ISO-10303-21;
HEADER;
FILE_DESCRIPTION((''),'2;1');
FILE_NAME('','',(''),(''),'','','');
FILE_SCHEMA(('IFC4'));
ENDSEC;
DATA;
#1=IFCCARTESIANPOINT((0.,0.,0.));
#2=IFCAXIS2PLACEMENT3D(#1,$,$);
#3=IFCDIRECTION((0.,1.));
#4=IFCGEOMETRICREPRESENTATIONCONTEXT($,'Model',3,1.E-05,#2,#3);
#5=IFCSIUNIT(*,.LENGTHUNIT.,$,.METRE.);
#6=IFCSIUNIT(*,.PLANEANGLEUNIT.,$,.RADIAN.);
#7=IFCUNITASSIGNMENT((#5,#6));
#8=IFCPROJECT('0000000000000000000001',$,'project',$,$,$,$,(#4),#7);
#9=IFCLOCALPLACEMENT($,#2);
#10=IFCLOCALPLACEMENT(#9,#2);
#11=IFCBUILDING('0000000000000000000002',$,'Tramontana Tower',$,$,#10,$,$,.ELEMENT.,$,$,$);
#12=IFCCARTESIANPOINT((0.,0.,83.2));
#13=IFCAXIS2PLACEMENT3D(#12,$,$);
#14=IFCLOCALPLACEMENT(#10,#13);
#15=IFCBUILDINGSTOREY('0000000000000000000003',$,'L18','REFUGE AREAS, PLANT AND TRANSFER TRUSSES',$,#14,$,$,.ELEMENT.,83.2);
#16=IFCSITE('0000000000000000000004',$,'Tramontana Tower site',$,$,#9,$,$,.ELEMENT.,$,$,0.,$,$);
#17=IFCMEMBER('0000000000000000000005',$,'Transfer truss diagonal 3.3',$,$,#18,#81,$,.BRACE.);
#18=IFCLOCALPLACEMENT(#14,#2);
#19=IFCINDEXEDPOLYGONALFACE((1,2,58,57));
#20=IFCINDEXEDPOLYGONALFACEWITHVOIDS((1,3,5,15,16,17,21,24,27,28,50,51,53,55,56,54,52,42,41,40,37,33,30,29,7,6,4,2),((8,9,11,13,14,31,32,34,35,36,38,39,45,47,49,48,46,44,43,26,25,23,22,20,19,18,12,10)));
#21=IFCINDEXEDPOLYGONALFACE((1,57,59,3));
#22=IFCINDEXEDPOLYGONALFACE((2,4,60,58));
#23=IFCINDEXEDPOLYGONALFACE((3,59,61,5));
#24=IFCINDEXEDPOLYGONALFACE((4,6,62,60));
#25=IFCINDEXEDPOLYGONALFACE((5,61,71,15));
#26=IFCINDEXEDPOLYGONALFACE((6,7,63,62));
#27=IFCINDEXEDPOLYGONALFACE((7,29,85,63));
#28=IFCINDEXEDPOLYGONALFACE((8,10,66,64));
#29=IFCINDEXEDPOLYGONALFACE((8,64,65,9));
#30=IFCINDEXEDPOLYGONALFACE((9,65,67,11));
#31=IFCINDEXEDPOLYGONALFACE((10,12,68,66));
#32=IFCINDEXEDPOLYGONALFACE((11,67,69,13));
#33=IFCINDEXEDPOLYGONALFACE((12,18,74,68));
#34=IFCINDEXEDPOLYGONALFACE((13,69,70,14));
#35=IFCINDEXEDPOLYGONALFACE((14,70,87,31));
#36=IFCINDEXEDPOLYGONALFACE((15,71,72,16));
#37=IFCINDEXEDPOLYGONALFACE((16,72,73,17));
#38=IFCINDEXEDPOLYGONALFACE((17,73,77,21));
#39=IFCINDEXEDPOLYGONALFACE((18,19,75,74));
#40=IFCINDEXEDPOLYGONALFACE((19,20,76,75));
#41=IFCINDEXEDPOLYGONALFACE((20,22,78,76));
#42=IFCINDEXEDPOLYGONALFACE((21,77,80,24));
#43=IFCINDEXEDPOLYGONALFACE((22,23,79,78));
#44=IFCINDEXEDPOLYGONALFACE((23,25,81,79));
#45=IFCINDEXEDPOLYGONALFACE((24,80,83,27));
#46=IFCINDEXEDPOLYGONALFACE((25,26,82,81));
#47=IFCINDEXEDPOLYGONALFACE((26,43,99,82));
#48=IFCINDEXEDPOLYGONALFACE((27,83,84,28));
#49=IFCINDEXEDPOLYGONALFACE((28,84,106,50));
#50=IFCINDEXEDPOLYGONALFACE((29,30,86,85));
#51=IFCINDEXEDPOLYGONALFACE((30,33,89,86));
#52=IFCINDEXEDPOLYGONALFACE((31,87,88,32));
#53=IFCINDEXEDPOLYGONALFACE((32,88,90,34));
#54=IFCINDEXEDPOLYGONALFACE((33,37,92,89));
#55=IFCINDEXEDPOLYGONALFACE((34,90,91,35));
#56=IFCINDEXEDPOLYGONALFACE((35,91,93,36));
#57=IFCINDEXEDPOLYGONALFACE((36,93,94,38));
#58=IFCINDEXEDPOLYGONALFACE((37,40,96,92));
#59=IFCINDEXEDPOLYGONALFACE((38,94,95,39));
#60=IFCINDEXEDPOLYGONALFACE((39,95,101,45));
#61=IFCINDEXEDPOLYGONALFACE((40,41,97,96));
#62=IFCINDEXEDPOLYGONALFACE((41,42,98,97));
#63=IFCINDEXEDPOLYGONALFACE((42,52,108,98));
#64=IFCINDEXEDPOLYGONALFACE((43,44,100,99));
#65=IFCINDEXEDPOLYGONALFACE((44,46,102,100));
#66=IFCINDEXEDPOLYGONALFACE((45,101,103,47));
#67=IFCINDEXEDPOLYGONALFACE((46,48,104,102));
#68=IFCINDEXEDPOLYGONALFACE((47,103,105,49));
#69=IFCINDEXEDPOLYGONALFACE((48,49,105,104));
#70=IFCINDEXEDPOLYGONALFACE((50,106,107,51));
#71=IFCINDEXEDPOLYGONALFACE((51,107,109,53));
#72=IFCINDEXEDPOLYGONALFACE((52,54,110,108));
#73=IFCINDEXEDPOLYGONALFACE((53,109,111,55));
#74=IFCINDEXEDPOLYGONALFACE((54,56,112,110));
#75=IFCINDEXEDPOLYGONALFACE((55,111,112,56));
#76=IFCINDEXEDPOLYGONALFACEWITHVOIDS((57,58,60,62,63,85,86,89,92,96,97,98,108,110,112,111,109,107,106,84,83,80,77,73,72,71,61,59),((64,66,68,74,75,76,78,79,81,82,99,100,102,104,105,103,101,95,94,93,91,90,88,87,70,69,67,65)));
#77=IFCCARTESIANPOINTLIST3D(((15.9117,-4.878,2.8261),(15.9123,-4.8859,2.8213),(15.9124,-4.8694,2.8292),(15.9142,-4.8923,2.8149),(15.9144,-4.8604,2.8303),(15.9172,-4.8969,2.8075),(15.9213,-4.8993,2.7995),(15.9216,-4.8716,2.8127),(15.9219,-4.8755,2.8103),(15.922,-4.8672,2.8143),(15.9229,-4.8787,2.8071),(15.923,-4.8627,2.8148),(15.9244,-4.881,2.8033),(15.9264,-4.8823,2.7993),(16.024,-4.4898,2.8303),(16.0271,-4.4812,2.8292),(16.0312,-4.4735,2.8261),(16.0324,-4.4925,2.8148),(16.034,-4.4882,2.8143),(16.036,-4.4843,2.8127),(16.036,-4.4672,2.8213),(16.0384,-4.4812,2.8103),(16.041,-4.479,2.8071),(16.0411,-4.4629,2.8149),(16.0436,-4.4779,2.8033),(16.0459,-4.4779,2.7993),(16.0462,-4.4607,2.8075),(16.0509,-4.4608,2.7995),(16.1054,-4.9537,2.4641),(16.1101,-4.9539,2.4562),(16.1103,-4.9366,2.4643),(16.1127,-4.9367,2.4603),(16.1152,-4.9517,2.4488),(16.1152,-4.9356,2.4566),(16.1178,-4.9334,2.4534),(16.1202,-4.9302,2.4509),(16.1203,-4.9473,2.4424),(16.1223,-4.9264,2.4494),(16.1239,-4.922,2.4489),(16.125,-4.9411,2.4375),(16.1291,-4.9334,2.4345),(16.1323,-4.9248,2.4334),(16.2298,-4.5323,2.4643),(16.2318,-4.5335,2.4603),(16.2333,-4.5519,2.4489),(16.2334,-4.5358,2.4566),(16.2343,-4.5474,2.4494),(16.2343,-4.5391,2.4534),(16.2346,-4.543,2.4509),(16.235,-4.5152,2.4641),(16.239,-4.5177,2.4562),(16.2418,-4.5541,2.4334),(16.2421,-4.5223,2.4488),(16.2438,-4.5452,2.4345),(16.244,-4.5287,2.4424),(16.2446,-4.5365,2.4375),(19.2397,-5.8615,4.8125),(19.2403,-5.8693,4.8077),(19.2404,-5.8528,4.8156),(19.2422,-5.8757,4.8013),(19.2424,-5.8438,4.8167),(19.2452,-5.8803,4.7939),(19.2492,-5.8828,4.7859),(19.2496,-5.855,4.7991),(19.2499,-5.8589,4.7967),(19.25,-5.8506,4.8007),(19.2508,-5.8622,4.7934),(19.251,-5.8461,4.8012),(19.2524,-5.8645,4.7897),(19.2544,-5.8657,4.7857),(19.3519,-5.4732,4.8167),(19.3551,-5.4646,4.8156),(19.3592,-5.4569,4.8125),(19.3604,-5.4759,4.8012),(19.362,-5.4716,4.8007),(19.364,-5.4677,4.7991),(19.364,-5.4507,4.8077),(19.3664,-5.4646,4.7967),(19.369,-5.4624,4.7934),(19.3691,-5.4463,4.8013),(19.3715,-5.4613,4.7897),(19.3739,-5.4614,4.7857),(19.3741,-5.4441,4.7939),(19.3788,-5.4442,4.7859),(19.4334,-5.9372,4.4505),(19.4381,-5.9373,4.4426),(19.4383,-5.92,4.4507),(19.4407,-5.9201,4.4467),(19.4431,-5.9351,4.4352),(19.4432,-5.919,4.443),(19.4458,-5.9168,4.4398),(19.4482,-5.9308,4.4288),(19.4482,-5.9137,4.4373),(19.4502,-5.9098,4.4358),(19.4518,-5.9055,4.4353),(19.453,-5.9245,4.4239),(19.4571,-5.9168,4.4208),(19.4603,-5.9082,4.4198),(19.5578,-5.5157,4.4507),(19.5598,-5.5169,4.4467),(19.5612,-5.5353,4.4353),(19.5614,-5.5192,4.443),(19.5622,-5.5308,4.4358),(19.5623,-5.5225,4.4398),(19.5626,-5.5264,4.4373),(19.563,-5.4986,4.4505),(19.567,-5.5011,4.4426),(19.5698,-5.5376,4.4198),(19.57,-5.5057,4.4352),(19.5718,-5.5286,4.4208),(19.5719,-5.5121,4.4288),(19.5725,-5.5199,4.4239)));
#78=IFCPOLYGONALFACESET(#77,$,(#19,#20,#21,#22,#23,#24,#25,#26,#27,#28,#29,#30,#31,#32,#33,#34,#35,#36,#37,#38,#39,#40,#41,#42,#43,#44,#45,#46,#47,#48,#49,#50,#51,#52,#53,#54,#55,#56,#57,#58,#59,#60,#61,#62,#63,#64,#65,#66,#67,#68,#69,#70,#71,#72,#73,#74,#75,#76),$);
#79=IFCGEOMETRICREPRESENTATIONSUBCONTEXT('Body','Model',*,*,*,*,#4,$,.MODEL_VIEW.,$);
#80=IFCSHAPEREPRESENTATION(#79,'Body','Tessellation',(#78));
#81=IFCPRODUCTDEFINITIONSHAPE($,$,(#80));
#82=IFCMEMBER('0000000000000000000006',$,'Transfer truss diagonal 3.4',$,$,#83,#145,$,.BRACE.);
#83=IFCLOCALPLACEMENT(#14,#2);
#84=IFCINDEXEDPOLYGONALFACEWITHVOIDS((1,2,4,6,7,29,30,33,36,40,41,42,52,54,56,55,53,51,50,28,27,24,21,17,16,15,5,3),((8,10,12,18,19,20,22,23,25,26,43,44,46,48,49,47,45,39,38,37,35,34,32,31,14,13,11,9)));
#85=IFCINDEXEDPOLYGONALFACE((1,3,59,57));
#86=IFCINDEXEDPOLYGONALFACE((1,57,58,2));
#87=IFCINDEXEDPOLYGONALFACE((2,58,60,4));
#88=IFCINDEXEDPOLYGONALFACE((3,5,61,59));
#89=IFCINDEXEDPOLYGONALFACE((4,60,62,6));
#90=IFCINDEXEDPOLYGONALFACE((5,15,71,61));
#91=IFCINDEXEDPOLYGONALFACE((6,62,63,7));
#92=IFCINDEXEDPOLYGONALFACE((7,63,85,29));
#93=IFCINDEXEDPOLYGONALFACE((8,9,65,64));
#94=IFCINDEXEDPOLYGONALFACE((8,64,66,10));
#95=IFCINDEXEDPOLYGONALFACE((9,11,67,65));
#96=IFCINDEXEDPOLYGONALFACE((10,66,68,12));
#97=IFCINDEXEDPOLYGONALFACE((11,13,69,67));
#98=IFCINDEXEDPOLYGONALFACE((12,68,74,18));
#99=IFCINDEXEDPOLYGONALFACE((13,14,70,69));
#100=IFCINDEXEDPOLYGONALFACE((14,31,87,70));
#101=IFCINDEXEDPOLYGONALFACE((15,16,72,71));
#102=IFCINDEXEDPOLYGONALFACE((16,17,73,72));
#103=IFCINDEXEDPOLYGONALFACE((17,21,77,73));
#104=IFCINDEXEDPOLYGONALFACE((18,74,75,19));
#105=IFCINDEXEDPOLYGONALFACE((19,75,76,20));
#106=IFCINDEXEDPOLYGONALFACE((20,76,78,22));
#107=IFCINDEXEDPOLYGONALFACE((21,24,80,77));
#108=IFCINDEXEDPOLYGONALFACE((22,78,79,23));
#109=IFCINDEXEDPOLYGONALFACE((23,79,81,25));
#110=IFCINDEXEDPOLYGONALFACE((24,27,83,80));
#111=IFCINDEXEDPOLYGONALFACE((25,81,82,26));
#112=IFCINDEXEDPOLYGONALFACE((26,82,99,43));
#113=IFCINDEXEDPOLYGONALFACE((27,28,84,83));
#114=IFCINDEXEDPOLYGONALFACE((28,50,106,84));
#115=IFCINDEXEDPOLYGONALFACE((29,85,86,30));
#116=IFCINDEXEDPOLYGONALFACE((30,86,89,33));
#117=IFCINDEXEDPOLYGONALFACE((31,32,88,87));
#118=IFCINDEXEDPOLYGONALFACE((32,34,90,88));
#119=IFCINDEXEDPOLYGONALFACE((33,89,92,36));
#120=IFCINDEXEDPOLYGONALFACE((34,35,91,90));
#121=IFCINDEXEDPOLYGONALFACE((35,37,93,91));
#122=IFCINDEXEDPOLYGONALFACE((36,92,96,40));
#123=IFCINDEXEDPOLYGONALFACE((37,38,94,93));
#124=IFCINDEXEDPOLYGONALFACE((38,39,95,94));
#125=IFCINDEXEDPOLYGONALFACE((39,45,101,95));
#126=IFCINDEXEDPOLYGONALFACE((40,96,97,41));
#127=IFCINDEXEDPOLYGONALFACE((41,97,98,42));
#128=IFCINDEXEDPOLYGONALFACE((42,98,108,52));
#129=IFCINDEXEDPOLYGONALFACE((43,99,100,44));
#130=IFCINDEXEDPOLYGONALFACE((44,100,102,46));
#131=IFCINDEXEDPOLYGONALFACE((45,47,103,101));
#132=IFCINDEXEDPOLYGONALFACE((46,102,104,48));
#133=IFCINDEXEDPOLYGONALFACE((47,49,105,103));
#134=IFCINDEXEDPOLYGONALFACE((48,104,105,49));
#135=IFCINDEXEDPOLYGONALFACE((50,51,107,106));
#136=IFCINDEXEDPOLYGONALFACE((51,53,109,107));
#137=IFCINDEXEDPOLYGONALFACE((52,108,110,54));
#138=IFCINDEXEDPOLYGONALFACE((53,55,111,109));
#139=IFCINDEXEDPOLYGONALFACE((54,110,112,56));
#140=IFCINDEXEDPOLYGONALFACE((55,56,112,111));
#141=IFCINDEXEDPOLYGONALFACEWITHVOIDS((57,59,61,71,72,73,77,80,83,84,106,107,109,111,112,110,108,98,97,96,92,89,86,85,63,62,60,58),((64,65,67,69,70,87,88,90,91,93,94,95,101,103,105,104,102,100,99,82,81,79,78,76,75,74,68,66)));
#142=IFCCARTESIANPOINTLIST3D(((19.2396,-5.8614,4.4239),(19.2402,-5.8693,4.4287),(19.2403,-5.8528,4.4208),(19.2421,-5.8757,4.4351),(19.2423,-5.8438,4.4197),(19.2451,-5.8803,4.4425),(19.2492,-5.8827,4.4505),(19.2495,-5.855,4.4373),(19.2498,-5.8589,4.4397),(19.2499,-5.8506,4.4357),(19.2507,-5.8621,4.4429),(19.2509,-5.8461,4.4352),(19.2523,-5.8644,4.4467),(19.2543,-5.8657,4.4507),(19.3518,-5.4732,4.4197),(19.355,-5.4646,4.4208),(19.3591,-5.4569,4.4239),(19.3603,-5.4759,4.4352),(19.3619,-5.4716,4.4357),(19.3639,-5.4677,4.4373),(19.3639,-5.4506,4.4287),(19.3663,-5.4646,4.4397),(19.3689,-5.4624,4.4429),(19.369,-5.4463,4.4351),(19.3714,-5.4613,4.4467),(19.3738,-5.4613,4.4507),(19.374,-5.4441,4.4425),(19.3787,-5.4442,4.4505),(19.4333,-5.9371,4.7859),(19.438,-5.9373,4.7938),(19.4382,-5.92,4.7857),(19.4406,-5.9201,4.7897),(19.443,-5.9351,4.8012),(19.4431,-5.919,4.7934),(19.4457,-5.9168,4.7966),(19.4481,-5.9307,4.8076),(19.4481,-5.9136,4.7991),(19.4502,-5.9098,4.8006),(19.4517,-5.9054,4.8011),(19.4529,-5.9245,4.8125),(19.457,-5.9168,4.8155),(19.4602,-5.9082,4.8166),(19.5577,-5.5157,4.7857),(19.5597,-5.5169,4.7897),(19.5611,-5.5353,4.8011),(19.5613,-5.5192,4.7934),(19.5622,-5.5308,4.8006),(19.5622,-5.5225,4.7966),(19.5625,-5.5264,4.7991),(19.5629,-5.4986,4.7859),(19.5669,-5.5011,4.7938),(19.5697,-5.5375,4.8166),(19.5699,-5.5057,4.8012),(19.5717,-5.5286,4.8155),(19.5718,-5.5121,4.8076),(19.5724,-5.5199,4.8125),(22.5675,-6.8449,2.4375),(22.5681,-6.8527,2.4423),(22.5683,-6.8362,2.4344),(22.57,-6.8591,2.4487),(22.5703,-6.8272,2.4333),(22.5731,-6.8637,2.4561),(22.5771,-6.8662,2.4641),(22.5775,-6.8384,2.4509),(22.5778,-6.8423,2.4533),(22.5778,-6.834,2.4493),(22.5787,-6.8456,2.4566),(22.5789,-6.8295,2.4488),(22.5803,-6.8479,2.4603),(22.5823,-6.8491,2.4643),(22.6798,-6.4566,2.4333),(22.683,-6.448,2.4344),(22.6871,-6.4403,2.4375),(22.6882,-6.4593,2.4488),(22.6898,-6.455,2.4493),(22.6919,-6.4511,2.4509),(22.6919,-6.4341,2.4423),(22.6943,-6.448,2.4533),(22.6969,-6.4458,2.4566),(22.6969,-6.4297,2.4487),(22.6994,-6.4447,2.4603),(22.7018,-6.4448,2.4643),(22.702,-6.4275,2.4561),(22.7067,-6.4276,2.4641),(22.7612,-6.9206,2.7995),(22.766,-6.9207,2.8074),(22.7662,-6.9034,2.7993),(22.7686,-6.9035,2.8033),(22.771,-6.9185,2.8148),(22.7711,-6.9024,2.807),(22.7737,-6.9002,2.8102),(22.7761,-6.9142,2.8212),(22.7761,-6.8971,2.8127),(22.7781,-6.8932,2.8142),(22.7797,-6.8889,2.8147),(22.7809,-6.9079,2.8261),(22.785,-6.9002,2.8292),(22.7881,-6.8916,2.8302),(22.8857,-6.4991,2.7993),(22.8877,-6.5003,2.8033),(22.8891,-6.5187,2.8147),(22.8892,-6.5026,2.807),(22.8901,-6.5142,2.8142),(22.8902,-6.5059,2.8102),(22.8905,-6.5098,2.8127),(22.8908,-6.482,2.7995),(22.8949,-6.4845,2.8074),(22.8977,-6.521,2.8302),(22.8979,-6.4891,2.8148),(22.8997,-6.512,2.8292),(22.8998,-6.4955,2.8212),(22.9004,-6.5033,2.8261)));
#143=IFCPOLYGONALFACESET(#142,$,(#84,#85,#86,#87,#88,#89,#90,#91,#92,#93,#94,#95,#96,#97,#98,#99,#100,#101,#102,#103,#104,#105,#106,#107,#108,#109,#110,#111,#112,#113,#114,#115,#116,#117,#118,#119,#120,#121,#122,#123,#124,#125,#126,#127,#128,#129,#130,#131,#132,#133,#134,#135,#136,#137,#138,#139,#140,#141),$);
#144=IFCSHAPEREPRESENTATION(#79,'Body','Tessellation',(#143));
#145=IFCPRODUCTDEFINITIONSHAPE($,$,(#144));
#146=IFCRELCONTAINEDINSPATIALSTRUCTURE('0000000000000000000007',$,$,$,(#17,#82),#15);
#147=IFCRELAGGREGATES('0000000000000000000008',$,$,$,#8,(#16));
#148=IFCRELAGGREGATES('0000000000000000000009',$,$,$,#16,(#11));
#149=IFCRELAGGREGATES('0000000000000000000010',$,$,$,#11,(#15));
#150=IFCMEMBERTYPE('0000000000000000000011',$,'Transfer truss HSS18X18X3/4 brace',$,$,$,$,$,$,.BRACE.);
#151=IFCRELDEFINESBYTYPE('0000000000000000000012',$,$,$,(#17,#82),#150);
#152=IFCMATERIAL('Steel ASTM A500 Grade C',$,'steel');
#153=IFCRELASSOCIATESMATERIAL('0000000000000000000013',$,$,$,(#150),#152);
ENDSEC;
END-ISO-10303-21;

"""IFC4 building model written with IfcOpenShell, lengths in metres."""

from ifc_helpers import new_model, si_unit, direction, frame, origin, origin_2d, place, context, subcontext, project, spatial, hollow_rectangle, extrude, material, material_profile, profile_set, type_object, element, save


model = new_model("IFC4")

# Units and contexts
model_context = context("Model", 3, precision=1e-05, world=origin(), true_north=direction((0.0, 1.0)))
body_context = subcontext(model_context, "Body", "Model", "MODEL_VIEW")
ifc_project = project(units=[si_unit("LENGTHUNIT", "METRE"), si_unit("PLANEANGLEUNIT", "RADIAN")], contexts=[model_context])

# Site, building, storey
site_placement = place(None, origin())
site = spatial("IfcSite", under=ifc_project, at=site_placement, Name="Tramontana Tower site", CompositionType="ELEMENT", RefElevation=0.0)
building_placement = place(site_placement, origin())
building = spatial("IfcBuilding", under=site, at=building_placement, Name="Tramontana Tower", CompositionType="ELEMENT")
storey_placement = place(building_placement, frame((0.0, 0.0, 83.2)))
storey = spatial("IfcBuildingStorey", under=building, at=storey_placement, Name="L18", Description="REFUGE AREAS, PLANT AND TRANSFER TRUSSES", CompositionType="ELEMENT", Elevation=83.2)

# Members
ifc_material_1 = material(Name="Steel ASTM A500 Grade C", Category="steel")
ifc_material_profile_1 = material_profile(ifc_material_1, hollow_rectangle(XDim=0.4573, YDim=0.4573, WallThickness=0.0178, InnerFilletRadius=0.0178, OuterFilletRadius=0.0354, at=origin_2d()), Name="HSS18X18X3/4")
ifc_profile_set_1 = profile_set([ifc_material_profile_1], Name="Steel ASTM A500 Grade C")
member_type_1 = type_object("IfcMemberType", Name="Transfer truss HSS18X18X3/4 brace", PredefinedType="BRACE", material=ifc_profile_set_1)
for number, where, z_axis, x_axis, name in (
    (1, (16.0781, -4.7073, 2.6318), (0.832299, -0.245947, 0.496778), (0.283389, 0.959005, 0.0), "Transfer truss diagonal 3.3"),
    (2, (19.406, -5.6907, 4.6182), (0.832299, -0.245947, -0.496778), (0.283389, 0.959005, 0.0), "Transfer truss diagonal 3.4"),
):
    element("IfcMember", number, at=place(storey_placement, frame(where, z_axis=z_axis, x_axis=x_axis)), inside=storey, type_object=member_type_1, Name=name, PredefinedType="BRACE", context=body_context, shape_type="SweptSolid", body=[
        extrude(hollow_rectangle(XDim=0.4573, YDim=0.4573, WallThickness=0.0178, InnerFilletRadius=0.0178, OuterFilletRadius=0.0354, at=origin_2d()), origin(), (0.0, 0.0, 1.0), 3.9985),
    ])

save(model, "model.ifc")
